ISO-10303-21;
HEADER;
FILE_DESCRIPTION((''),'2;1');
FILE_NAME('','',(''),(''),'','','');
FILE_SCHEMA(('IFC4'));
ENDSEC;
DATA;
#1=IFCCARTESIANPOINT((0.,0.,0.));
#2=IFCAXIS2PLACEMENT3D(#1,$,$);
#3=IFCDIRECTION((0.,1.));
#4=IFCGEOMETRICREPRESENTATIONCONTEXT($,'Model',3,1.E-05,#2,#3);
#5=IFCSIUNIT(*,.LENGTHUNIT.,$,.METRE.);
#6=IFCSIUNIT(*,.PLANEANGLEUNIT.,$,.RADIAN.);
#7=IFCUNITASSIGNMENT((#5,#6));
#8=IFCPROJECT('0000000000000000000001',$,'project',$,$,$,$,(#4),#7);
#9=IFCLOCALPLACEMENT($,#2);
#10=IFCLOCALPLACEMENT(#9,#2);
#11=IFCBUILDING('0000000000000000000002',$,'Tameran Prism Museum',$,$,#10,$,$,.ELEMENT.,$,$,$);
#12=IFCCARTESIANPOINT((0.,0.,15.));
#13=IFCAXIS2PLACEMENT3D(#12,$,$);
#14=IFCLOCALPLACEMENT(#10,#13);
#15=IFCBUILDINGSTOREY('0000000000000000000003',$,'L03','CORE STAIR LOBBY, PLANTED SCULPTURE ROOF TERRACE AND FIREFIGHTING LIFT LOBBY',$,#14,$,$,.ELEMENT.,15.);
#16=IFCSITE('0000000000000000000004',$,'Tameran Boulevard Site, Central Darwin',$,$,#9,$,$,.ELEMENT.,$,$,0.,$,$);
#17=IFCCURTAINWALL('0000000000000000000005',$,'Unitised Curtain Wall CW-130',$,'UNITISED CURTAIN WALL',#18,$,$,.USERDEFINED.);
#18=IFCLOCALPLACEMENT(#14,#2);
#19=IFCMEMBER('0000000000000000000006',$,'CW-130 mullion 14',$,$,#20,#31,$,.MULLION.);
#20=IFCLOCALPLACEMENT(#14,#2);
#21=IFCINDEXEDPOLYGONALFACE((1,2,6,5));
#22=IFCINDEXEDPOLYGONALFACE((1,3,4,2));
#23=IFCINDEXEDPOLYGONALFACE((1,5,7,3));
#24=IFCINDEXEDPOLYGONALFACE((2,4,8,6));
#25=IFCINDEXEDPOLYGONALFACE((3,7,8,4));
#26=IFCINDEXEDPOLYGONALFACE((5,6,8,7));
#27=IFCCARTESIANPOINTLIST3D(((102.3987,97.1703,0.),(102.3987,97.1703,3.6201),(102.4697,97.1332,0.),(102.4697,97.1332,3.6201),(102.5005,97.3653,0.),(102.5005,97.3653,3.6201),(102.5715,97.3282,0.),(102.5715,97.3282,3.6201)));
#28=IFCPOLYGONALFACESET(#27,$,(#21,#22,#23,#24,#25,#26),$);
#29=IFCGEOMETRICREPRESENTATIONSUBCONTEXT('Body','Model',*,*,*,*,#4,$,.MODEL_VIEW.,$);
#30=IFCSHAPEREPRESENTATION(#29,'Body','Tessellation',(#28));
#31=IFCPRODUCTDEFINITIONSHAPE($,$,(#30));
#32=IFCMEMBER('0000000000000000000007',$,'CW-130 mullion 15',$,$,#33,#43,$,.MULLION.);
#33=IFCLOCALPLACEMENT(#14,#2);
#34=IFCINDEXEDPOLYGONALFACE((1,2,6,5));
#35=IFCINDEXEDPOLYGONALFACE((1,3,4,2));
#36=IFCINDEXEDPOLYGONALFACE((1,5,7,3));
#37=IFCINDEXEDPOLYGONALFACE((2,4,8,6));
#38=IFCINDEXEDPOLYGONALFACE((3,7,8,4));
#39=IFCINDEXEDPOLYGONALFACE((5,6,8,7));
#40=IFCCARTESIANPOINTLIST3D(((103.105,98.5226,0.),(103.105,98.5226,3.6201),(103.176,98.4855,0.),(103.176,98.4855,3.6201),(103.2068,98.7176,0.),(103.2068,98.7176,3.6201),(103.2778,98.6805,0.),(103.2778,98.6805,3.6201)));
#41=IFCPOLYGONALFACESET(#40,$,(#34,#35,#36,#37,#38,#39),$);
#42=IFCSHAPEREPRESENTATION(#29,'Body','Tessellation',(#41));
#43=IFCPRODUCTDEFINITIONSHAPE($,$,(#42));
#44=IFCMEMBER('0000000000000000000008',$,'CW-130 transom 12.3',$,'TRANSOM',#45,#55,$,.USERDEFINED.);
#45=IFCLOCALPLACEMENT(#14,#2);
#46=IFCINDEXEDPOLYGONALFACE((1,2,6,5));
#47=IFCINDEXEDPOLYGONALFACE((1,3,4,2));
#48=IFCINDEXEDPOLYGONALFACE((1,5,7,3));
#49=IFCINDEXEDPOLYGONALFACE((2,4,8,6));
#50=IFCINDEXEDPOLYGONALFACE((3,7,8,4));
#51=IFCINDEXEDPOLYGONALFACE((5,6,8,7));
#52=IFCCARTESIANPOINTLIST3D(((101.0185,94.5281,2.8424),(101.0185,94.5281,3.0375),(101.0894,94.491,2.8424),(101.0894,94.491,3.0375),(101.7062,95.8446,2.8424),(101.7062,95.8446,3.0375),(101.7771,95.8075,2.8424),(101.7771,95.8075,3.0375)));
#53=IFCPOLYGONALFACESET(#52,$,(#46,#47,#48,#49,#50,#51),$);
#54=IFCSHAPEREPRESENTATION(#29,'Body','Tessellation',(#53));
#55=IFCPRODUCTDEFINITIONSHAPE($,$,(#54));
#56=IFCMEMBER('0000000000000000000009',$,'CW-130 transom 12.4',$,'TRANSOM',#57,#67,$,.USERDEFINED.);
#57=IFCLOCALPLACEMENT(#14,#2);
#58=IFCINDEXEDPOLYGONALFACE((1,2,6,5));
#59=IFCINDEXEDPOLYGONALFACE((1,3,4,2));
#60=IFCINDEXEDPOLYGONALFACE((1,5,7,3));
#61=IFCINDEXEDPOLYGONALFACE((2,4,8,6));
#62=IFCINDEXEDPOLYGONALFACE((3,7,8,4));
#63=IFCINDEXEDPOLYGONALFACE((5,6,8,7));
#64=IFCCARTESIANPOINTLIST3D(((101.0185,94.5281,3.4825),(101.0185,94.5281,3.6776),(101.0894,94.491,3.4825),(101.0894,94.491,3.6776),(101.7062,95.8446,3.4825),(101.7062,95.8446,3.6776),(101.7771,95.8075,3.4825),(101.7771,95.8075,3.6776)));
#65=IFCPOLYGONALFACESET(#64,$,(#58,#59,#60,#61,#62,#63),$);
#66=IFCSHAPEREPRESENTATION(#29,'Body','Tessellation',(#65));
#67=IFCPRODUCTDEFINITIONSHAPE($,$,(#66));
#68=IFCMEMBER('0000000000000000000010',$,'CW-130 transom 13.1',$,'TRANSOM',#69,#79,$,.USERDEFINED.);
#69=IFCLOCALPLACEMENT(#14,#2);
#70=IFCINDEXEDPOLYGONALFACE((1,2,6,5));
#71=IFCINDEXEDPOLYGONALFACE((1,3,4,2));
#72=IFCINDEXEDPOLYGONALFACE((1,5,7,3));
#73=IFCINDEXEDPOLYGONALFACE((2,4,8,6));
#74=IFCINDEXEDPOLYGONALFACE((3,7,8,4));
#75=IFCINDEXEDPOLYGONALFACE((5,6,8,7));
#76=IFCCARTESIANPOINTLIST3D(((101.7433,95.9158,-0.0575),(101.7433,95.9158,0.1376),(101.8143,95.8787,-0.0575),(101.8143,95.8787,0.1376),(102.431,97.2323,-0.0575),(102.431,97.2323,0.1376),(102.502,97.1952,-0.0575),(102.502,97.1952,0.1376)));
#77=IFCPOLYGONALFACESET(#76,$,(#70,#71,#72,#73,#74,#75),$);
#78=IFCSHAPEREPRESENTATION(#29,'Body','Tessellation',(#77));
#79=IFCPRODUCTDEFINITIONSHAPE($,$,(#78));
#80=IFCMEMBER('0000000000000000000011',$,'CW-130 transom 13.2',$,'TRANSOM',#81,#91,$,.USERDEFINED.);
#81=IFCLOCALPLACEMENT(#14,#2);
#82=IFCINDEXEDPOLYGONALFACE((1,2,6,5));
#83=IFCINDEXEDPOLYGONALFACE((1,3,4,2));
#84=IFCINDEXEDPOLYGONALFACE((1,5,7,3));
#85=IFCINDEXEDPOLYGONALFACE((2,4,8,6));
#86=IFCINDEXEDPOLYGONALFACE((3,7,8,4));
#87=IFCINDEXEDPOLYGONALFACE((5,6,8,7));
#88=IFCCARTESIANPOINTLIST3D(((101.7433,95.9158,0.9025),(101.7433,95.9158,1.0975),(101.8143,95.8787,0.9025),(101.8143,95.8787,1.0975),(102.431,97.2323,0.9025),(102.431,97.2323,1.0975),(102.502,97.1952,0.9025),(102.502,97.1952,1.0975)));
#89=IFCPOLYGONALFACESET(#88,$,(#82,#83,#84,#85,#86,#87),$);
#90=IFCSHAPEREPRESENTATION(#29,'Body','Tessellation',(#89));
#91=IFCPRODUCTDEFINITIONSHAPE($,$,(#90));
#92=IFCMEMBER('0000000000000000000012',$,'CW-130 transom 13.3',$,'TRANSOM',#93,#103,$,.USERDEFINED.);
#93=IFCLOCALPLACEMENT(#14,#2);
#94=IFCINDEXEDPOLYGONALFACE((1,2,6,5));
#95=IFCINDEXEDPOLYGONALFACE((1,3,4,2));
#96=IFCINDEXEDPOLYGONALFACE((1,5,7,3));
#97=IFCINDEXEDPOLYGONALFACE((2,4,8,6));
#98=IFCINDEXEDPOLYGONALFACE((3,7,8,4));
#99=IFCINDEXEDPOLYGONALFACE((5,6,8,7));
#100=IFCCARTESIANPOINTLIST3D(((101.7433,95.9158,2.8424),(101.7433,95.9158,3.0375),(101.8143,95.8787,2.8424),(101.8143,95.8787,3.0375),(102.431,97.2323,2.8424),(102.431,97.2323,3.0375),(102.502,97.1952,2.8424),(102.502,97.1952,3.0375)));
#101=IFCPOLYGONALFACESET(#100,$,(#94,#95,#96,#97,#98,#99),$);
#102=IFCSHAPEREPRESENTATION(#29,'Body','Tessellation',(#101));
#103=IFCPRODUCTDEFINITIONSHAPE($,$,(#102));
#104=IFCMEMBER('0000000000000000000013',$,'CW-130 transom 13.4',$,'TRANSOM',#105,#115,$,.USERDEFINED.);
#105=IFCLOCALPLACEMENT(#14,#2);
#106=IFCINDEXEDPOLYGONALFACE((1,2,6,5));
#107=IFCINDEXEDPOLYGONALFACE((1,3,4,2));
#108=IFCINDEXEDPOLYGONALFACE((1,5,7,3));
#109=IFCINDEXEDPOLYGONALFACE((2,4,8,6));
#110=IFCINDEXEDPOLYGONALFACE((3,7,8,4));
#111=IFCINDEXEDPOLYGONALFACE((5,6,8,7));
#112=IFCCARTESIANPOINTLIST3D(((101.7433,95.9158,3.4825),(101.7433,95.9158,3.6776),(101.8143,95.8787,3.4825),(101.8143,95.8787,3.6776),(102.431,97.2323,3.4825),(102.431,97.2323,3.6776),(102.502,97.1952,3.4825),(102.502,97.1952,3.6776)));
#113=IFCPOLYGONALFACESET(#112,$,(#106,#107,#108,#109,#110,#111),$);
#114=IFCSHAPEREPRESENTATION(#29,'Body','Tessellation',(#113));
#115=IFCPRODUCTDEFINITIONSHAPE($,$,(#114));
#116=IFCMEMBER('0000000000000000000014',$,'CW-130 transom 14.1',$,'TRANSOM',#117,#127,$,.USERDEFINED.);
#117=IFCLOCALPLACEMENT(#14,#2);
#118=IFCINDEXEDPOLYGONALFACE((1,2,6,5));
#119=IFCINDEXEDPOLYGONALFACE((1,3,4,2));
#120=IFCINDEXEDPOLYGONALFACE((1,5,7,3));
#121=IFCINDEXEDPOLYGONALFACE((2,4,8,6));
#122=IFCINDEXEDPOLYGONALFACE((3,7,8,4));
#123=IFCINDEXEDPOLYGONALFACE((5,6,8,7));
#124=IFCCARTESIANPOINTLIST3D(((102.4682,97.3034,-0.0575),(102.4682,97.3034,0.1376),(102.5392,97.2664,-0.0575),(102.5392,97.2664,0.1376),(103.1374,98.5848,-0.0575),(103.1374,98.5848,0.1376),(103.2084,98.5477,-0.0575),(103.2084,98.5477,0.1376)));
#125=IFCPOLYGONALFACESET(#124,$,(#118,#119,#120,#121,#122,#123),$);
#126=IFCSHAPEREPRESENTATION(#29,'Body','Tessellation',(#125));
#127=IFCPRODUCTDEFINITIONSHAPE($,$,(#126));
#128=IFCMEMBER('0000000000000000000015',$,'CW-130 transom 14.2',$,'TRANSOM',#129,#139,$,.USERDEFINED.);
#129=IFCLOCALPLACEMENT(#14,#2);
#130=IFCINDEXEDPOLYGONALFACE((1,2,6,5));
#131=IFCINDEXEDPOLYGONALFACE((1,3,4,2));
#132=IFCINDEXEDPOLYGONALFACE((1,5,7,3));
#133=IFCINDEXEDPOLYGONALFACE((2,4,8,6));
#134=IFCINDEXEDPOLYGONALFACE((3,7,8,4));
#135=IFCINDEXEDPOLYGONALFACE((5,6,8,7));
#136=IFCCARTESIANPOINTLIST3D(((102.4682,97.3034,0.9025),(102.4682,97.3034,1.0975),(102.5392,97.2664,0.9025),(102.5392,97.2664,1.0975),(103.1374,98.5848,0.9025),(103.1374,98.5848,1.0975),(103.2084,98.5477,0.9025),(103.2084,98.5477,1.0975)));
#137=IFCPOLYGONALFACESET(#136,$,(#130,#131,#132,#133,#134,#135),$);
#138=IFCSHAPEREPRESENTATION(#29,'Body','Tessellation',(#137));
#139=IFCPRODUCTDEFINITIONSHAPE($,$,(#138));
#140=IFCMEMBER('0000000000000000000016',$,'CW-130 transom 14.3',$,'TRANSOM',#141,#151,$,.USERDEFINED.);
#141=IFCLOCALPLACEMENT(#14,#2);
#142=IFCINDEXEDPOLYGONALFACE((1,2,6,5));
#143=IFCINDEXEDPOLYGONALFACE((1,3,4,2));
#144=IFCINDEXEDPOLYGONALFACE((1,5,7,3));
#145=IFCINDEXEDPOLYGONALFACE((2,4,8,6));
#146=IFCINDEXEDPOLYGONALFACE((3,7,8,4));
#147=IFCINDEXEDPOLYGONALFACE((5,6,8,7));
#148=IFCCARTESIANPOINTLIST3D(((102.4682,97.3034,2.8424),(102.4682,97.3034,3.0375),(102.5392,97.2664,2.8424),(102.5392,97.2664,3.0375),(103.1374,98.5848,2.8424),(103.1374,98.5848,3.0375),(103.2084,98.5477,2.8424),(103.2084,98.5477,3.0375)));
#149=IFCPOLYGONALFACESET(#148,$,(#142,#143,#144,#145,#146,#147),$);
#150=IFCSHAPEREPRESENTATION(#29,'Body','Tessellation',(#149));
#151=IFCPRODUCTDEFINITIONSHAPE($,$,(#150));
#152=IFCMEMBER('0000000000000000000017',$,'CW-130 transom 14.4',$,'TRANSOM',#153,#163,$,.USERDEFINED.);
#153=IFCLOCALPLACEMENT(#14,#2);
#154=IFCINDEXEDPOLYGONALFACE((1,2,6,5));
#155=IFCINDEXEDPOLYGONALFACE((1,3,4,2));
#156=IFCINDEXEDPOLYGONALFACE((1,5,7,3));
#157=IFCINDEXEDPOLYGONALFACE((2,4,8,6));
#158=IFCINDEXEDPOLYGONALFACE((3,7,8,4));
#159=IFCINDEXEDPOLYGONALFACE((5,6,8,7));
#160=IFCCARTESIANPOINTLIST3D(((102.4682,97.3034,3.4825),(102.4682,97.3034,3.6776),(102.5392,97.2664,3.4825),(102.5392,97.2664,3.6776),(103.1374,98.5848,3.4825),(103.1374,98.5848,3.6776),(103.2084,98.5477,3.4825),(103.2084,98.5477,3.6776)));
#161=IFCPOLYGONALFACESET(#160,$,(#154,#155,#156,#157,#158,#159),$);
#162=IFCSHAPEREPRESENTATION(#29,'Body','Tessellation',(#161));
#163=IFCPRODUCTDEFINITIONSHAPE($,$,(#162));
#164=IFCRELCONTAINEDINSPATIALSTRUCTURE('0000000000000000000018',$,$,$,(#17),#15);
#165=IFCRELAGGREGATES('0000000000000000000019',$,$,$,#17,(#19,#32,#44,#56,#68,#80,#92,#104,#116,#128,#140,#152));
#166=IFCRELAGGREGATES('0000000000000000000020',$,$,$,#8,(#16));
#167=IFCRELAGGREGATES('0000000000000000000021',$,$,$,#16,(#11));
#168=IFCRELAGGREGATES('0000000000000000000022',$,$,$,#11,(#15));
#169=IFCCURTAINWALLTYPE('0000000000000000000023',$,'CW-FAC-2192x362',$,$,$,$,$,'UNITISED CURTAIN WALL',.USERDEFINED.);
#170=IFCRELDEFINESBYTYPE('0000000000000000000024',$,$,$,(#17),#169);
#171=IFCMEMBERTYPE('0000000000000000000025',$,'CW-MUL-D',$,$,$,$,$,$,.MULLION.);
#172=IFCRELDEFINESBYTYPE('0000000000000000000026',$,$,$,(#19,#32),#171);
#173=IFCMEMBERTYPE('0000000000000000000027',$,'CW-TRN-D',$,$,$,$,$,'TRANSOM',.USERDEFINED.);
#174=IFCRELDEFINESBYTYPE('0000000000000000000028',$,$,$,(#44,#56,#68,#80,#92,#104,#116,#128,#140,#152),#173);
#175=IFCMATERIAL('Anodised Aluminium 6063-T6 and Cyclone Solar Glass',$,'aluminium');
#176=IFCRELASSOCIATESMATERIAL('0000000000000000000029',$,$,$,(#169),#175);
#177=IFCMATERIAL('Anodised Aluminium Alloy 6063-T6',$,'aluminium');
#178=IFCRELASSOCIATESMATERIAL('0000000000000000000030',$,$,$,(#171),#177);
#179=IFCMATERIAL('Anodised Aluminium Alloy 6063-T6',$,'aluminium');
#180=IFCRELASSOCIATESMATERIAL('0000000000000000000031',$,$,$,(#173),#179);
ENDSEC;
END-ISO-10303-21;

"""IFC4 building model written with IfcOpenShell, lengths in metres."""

from ifc_helpers import new_model, si_unit, direction, frame, origin, origin_2d, place, context, subcontext, project, spatial, rectangle, extrude, material, material_profile, profile_set, type_object, element, aggregate, save


model = new_model("IFC4")

# Units and contexts
model_context = context("Model", 3, precision=1e-05, world=origin(), true_north=direction((0.0, 1.0)))
body_context = subcontext(model_context, "Body", "Model", "MODEL_VIEW")
ifc_project = project(units=[si_unit("LENGTHUNIT", "METRE"), si_unit("PLANEANGLEUNIT", "RADIAN")], contexts=[model_context])

# Site, building, storey
site_placement = place(None, origin())
site = spatial("IfcSite", under=ifc_project, at=site_placement, Name="Tameran Boulevard Site, Central Darwin", CompositionType="ELEMENT", RefElevation=0.0)
building_placement = place(site_placement, origin())
building = spatial("IfcBuilding", under=site, at=building_placement, Name="Tameran Prism Museum", CompositionType="ELEMENT")
storey_placement = place(building_placement, frame((0.0, 0.0, 15.0)))
storey = spatial("IfcBuildingStorey", under=building, at=storey_placement, Name="L03", Description="CORE STAIR LOBBY, PLANTED SCULPTURE ROOF TERRACE AND FIREFIGHTING LIFT LOBBY", CompositionType="ELEMENT", Elevation=15.0)

# Curtain wall, members
ifc_material_1 = material(Name="Anodised Aluminium 6063-T6 and Cyclone Solar Glass", Category="aluminium")
curtain_wall_type = type_object("IfcCurtainWallType", Name="CW-FAC-2192x362", ElementType="UNITISED CURTAIN WALL", PredefinedType="USERDEFINED", material=ifc_material_1)
curtain_wall_placement = place(storey_placement, origin())
curtain_wall = element("IfcCurtainWall", 1, at=curtain_wall_placement, inside=storey, type_object=curtain_wall_type, Name="Unitised Curtain Wall CW-130", ObjectType="UNITISED CURTAIN WALL", PredefinedType="USERDEFINED")
ifc_material_2 = material(Name="Anodised Aluminium Alloy 6063-T6", Category="aluminium")
ifc_material_profile_1 = material_profile(ifc_material_2, rectangle(XDim=0.0801, YDim=0.22, at=origin_2d()))
ifc_profile_set_1 = profile_set([ifc_material_profile_1])
member_type_1 = type_object("IfcMemberType", Name="CW-MUL-D", PredefinedType="MULLION", material=ifc_profile_set_1)
member_1_placement = place(storey_placement, frame((102.4851, 97.2493, 0.0), z_axis=(0.0, 0.0, 1.0), x_axis=(-0.886357, 0.463003, 0.0)))
member_1 = element("IfcMember", 2, at=member_1_placement, type_object=member_type_1, Name="CW-130 mullion 14", PredefinedType="MULLION", context=body_context, shape_type="SweptSolid", body=[
    extrude(rectangle(XDim=0.0801, YDim=0.22, at=origin_2d()), origin(), (0.0, 0.0, 1.0), 3.6201),
])
member_2_placement = place(storey_placement, frame((103.1914, 98.6016, 0.0), z_axis=(0.0, 0.0, 1.0), x_axis=(-0.886357, 0.463003, 0.0)))
member_2 = element("IfcMember", 3, at=member_2_placement, type_object=member_type_1, Name="CW-130 mullion 15", PredefinedType="MULLION", context=body_context, shape_type="SweptSolid", body=[
    extrude(rectangle(XDim=0.0801, YDim=0.22, at=origin_2d()), origin(), (0.0, 0.0, 1.0), 3.6201),
])
ifc_material_3 = material(Name="Anodised Aluminium Alloy 6063-T6", Category="aluminium")
ifc_material_profile_2 = material_profile(ifc_material_3, rectangle(XDim=0.0801, YDim=0.1951, at=origin_2d()))
ifc_profile_set_2 = profile_set([ifc_material_profile_2])
member_type_2 = type_object("IfcMemberType", Name="CW-TRN-D", ElementType="TRANSOM", PredefinedType="USERDEFINED", material=ifc_profile_set_2)
member_3_placement = place(storey_placement, frame((101.054, 94.5095, 2.9399), z_axis=(0.462987, 0.886365, 0.0), x_axis=(-0.886365, 0.462987, 0.0)))
member_3 = element("IfcMember", 4, at=member_3_placement, type_object=member_type_2, Name="CW-130 transom 12.3", ObjectType="TRANSOM", PredefinedType="USERDEFINED", context=body_context, shape_type="SweptSolid", body=[
    extrude(rectangle(XDim=0.0801, YDim=0.1951, at=origin_2d()), origin(), (0.0, 0.0, 1.0), 1.4854),
])
member_4_placement = place(storey_placement, frame((101.054, 94.5095, 3.5801), z_axis=(0.462987, 0.886365, 0.0), x_axis=(-0.886365, 0.462987, 0.0)))
member_4 = element("IfcMember", 5, at=member_4_placement, type_object=member_type_2, Name="CW-130 transom 12.4", ObjectType="TRANSOM", PredefinedType="USERDEFINED", context=body_context, shape_type="SweptSolid", body=[
    extrude(rectangle(XDim=0.0801, YDim=0.1951, at=origin_2d()), origin(), (0.0, 0.0, 1.0), 1.4854),
])
member_5_placement = place(storey_placement, frame((101.7788, 95.8972, 0.04), z_axis=(0.462987, 0.886365, 0.0), x_axis=(-0.886365, 0.462987, 0.0)))
member_5 = element("IfcMember", 6, at=member_5_placement, type_object=member_type_2, Name="CW-130 transom 13.1", ObjectType="TRANSOM", PredefinedType="USERDEFINED", context=body_context, shape_type="SweptSolid", body=[
    extrude(rectangle(XDim=0.0801, YDim=0.1951, at=origin_2d()), origin(), (0.0, 0.0, 1.0), 1.4854),
])
member_6_placement = place(storey_placement, frame((101.7788, 95.8972, 1.0), z_axis=(0.462987, 0.886365, 0.0), x_axis=(-0.886365, 0.462987, 0.0)))
member_6 = element("IfcMember", 7, at=member_6_placement, type_object=member_type_2, Name="CW-130 transom 13.2", ObjectType="TRANSOM", PredefinedType="USERDEFINED", context=body_context, shape_type="SweptSolid", body=[
    extrude(rectangle(XDim=0.0801, YDim=0.1951, at=origin_2d()), origin(), (0.0, 0.0, 1.0), 1.4854),
])
member_7_placement = place(storey_placement, frame((101.7788, 95.8972, 2.9399), z_axis=(0.462987, 0.886365, 0.0), x_axis=(-0.886365, 0.462987, 0.0)))
member_7 = element("IfcMember", 8, at=member_7_placement, type_object=member_type_2, Name="CW-130 transom 13.3", ObjectType="TRANSOM", PredefinedType="USERDEFINED", context=body_context, shape_type="SweptSolid", body=[
    extrude(rectangle(XDim=0.0801, YDim=0.1951, at=origin_2d()), origin(), (0.0, 0.0, 1.0), 1.4854),
])
member_8_placement = place(storey_placement, frame((101.7788, 95.8972, 3.5801), z_axis=(0.462987, 0.886365, 0.0), x_axis=(-0.886365, 0.462987, 0.0)))
member_8 = element("IfcMember", 9, at=member_8_placement, type_object=member_type_2, Name="CW-130 transom 13.4", ObjectType="TRANSOM", PredefinedType="USERDEFINED", context=body_context, shape_type="SweptSolid", body=[
    extrude(rectangle(XDim=0.0801, YDim=0.1951, at=origin_2d()), origin(), (0.0, 0.0, 1.0), 1.4854),
])
member_9_placement = place(storey_placement, frame((102.5037, 97.2849, 0.04), z_axis=(0.462953, 0.886383, 0.0), x_axis=(-0.886383, 0.462953, 0.0)))
member_9 = element("IfcMember", 10, at=member_9_placement, type_object=member_type_2, Name="CW-130 transom 14.1", ObjectType="TRANSOM", PredefinedType="USERDEFINED", context=body_context, shape_type="SweptSolid", body=[
    extrude(rectangle(XDim=0.0801, YDim=0.1951, at=origin_2d()), origin(), (0.0, 0.0, 1.0), 1.4456),
])
member_10_placement = place(storey_placement, frame((102.5037, 97.2849, 1.0), z_axis=(0.462953, 0.886383, 0.0), x_axis=(-0.886383, 0.462953, 0.0)))
member_10 = element("IfcMember", 11, at=member_10_placement, type_object=member_type_2, Name="CW-130 transom 14.2", ObjectType="TRANSOM", PredefinedType="USERDEFINED", context=body_context, shape_type="SweptSolid", body=[
    extrude(rectangle(XDim=0.0801, YDim=0.1951, at=origin_2d()), origin(), (0.0, 0.0, 1.0), 1.4456),
])
member_11_placement = place(storey_placement, frame((102.5037, 97.2849, 2.9399), z_axis=(0.462953, 0.886383, 0.0), x_axis=(-0.886383, 0.462953, 0.0)))
member_11 = element("IfcMember", 12, at=member_11_placement, type_object=member_type_2, Name="CW-130 transom 14.3", ObjectType="TRANSOM", PredefinedType="USERDEFINED", context=body_context, shape_type="SweptSolid", body=[
    extrude(rectangle(XDim=0.0801, YDim=0.1951, at=origin_2d()), origin(), (0.0, 0.0, 1.0), 1.4456),
])
member_12_placement = place(storey_placement, frame((102.5037, 97.2849, 3.5801), z_axis=(0.462953, 0.886383, 0.0), x_axis=(-0.886383, 0.462953, 0.0)))
member_12 = element("IfcMember", 13, at=member_12_placement, type_object=member_type_2, Name="CW-130 transom 14.4", ObjectType="TRANSOM", PredefinedType="USERDEFINED", context=body_context, shape_type="SweptSolid", body=[
    extrude(rectangle(XDim=0.0801, YDim=0.1951, at=origin_2d()), origin(), (0.0, 0.0, 1.0), 1.4456),
])

aggregate(curtain_wall, [member_1, member_2, member_3, member_4, member_5, member_6, member_7, member_8, member_9, member_10, member_11, member_12])

save(model, "model.ifc")
